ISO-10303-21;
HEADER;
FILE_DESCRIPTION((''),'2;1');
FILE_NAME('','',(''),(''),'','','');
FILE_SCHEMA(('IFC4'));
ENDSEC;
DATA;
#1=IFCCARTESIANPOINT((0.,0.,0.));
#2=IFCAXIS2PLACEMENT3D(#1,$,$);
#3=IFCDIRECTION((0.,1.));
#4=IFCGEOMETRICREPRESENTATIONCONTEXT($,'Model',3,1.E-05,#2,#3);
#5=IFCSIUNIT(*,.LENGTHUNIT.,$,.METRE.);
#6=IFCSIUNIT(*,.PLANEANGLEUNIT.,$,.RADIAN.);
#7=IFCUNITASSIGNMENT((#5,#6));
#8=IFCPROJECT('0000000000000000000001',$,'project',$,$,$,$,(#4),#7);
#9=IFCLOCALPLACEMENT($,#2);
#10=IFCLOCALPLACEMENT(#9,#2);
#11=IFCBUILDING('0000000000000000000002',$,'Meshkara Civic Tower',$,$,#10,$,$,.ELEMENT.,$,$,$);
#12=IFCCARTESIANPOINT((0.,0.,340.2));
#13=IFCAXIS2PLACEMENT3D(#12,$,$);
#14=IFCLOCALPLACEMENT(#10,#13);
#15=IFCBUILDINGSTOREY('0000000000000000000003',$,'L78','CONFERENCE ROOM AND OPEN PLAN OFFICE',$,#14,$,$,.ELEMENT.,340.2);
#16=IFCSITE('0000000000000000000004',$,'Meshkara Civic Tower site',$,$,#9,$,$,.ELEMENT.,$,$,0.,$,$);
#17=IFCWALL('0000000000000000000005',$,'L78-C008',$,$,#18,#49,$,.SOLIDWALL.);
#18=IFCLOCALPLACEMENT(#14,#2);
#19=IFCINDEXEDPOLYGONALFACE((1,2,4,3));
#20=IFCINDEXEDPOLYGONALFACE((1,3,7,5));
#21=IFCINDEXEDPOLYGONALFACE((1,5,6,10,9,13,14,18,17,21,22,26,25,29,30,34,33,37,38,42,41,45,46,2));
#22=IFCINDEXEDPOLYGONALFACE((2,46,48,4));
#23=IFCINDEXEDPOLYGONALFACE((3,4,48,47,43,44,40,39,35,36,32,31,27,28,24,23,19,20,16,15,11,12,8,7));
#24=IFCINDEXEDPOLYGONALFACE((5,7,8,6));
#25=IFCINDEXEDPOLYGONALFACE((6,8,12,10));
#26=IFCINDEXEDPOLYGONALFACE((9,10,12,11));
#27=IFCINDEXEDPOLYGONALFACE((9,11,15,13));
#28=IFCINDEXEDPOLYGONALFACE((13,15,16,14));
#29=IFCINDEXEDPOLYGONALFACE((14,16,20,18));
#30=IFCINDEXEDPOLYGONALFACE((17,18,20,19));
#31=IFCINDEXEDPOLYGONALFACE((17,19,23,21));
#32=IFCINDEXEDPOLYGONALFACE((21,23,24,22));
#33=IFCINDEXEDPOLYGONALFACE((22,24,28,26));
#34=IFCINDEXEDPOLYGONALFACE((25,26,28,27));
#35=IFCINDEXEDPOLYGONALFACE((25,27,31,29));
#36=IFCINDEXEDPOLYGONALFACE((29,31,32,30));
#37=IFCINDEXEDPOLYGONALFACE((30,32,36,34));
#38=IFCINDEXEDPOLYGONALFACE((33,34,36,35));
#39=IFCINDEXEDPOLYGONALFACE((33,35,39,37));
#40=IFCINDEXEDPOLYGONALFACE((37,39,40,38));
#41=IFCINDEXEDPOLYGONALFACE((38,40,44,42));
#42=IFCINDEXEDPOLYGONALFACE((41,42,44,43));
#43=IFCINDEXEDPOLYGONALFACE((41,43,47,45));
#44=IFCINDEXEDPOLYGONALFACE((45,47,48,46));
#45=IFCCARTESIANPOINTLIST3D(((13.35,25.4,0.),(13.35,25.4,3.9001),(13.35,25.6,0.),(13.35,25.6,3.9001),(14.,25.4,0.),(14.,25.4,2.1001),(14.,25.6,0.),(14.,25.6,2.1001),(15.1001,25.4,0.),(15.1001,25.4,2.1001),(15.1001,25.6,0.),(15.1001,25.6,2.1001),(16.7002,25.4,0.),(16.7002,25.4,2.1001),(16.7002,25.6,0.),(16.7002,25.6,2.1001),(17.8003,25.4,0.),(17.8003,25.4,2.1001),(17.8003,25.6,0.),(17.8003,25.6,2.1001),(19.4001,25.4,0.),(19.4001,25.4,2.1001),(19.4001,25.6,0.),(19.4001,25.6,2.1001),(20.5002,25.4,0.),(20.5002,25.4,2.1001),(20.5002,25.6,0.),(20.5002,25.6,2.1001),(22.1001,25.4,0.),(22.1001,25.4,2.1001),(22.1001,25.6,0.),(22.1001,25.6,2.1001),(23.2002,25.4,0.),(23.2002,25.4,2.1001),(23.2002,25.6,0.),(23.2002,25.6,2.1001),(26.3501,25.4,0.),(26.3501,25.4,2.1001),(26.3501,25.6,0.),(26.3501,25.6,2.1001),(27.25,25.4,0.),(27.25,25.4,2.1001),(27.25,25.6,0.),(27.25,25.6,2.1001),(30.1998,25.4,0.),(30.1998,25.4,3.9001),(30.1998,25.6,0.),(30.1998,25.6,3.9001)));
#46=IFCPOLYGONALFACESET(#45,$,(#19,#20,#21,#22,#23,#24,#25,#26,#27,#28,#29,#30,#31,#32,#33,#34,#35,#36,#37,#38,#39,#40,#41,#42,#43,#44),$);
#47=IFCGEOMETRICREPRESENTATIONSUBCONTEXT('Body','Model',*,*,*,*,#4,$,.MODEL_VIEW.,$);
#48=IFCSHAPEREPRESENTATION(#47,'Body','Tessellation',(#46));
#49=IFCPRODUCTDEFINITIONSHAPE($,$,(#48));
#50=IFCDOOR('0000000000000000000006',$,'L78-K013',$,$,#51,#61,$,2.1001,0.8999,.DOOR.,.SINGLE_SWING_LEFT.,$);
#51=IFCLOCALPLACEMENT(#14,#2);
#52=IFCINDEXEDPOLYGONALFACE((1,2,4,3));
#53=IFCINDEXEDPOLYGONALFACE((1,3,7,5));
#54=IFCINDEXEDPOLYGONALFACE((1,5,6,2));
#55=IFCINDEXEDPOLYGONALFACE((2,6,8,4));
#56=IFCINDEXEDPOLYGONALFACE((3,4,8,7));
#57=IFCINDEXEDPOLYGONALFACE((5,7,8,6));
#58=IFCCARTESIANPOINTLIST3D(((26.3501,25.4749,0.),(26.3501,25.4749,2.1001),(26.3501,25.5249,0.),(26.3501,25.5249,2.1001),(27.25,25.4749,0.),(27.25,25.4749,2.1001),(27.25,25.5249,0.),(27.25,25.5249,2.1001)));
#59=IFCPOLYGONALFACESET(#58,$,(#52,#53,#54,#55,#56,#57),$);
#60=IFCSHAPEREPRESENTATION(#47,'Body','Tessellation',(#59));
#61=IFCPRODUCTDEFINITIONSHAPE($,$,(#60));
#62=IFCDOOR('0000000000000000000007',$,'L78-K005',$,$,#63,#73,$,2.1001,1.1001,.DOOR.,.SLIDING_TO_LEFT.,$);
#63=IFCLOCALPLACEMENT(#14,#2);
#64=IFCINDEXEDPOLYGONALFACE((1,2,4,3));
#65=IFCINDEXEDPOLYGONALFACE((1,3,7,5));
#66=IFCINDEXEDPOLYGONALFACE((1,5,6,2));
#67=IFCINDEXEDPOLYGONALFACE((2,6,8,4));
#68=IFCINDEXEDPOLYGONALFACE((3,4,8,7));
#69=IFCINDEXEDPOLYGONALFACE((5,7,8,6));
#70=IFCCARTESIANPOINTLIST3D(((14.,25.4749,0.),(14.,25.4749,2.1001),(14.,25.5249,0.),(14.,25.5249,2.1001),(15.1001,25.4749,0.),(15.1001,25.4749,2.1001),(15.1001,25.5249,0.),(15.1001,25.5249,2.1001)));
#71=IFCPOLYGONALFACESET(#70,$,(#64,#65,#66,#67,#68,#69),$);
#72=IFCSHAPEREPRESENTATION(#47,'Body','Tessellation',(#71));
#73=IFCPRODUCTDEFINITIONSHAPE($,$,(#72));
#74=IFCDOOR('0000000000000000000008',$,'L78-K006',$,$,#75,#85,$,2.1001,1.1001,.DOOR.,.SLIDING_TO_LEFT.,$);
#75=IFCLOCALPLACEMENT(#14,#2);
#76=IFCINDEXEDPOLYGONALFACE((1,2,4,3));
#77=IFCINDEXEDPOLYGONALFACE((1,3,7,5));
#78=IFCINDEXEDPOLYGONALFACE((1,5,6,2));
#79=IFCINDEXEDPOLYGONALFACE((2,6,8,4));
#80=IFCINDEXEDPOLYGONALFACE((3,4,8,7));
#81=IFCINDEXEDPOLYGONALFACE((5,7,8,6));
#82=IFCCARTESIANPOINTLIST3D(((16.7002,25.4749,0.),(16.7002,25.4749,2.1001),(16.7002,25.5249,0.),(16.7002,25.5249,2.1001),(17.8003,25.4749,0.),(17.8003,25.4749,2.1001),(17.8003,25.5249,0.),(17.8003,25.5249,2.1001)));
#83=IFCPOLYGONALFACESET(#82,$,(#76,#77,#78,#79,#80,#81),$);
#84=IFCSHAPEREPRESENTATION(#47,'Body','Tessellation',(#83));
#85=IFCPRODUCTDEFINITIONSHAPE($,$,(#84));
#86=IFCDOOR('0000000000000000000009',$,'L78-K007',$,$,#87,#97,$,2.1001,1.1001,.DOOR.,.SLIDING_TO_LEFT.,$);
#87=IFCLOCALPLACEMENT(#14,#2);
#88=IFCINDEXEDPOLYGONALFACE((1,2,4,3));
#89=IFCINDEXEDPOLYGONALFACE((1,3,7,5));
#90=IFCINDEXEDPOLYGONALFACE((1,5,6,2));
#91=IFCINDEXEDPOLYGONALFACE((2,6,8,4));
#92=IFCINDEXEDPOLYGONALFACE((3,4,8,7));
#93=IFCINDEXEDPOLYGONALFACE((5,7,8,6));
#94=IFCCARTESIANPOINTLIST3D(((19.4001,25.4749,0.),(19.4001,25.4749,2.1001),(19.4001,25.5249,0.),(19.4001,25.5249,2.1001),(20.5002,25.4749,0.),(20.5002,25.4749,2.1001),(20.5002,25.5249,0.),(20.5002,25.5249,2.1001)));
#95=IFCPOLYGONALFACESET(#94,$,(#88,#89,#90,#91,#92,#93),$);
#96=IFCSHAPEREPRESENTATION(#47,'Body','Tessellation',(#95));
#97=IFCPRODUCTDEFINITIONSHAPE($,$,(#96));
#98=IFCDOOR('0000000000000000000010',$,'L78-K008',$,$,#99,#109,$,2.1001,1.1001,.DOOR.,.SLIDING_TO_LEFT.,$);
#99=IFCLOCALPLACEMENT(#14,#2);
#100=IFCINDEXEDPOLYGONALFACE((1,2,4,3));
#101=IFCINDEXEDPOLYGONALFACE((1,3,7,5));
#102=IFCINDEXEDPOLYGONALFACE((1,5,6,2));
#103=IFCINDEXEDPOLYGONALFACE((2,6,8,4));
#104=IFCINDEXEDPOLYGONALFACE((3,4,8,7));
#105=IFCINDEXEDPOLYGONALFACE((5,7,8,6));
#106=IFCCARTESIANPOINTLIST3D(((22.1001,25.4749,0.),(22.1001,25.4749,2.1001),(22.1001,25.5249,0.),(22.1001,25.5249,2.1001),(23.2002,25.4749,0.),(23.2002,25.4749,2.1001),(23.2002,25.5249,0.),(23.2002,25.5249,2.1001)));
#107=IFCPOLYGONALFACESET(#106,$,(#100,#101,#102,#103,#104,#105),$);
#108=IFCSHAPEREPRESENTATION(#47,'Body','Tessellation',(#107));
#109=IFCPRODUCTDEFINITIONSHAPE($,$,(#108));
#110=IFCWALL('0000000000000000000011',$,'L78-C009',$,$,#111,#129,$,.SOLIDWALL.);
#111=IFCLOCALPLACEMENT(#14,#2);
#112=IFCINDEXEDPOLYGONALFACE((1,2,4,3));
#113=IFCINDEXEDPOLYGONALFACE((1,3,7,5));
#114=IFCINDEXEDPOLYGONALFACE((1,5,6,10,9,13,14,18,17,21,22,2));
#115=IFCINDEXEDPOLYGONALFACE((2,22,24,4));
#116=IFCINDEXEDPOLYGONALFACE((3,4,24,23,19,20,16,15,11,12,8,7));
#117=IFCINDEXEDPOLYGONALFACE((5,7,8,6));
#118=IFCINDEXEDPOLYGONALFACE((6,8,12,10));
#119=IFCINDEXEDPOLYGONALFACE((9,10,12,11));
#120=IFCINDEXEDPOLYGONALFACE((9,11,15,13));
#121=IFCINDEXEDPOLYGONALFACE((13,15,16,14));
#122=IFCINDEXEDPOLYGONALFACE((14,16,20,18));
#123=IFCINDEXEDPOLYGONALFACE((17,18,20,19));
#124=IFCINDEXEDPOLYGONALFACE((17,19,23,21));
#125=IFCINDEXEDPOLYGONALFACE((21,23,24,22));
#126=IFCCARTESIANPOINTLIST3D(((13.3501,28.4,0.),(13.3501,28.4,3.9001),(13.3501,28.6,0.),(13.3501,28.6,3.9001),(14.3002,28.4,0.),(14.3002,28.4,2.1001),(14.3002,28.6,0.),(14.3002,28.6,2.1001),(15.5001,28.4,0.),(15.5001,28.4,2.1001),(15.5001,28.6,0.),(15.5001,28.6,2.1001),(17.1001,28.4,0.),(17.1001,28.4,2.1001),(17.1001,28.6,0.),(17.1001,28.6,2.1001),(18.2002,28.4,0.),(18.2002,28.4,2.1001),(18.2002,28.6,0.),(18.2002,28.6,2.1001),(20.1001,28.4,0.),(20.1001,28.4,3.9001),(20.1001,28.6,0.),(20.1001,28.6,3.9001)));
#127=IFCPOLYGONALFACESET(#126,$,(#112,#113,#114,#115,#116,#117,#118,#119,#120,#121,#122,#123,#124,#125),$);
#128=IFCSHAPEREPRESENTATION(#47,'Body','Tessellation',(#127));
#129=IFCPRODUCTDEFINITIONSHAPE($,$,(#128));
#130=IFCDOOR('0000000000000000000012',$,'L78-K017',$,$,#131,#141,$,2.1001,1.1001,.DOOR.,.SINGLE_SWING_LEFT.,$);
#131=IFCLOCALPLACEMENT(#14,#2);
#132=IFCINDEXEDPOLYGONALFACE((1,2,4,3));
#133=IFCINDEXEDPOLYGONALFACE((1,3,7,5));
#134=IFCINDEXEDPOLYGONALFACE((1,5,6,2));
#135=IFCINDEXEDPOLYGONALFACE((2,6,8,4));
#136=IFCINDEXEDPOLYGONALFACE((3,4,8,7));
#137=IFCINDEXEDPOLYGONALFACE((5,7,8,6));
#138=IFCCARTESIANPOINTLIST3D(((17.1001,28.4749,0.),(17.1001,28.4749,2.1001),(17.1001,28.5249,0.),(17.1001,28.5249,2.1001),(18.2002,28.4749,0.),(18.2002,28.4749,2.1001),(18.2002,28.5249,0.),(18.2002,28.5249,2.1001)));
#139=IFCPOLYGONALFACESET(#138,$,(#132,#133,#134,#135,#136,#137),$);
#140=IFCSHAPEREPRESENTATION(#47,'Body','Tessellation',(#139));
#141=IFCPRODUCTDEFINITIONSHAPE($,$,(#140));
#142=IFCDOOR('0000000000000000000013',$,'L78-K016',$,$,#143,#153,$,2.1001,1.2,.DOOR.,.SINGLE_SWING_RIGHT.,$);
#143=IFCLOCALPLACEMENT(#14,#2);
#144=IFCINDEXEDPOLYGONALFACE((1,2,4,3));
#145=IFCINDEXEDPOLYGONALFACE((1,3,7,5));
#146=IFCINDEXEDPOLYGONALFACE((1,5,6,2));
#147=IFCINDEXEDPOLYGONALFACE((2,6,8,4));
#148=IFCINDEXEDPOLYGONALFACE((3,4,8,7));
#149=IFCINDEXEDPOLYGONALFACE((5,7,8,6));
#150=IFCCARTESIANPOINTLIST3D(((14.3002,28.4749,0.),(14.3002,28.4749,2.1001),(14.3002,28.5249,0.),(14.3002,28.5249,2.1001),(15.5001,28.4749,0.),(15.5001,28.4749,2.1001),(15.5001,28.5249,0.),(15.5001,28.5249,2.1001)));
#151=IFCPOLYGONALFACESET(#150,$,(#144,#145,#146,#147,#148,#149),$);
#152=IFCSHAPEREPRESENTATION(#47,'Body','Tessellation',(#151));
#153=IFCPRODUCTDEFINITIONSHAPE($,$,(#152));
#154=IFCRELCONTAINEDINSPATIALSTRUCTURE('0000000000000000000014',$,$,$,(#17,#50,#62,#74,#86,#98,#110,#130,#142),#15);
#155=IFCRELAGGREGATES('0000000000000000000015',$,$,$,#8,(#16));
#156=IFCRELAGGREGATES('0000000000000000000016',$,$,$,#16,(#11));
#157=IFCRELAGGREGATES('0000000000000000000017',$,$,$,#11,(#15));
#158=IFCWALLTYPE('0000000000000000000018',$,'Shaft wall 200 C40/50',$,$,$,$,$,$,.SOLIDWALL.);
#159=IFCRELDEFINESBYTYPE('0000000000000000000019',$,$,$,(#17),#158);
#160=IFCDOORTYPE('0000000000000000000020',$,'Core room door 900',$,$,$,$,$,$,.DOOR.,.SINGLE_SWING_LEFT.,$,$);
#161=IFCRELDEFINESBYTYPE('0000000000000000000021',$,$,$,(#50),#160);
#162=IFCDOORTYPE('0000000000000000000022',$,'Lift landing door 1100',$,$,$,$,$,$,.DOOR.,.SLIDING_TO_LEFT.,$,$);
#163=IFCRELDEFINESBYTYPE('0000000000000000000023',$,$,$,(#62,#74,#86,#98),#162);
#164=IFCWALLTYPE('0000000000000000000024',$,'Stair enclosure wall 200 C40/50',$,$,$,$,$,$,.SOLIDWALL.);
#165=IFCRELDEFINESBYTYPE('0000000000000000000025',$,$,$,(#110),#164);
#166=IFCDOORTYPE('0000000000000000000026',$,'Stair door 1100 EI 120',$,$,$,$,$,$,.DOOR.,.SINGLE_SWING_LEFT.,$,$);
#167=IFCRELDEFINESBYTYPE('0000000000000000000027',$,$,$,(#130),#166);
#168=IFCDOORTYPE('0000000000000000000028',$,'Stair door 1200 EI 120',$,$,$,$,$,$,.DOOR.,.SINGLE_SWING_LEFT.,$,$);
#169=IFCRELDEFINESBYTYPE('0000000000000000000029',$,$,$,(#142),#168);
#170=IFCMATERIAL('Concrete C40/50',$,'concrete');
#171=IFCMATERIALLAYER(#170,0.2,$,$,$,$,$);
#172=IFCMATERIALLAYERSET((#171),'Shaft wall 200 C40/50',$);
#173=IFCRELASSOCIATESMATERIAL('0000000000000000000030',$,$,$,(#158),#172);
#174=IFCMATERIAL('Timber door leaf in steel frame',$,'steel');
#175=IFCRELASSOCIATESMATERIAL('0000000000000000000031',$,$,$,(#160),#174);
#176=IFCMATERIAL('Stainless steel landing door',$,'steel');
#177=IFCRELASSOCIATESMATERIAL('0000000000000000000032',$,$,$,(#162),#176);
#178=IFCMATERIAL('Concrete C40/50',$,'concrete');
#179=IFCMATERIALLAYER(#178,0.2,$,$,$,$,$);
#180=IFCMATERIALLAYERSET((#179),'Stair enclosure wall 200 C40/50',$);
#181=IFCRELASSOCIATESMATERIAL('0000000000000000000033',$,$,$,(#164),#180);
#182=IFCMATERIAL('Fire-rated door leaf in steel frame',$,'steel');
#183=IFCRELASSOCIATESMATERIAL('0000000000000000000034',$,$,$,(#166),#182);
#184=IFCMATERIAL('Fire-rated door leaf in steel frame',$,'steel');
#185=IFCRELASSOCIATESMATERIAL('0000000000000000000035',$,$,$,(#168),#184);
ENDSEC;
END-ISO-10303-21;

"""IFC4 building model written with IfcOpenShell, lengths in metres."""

from ifc_helpers import new_model, si_unit, direction, frame, frame_2d, origin, place, context, subcontext, project, spatial, rectangle, extrude, material, layer, layer_set, type_object, element, fill, save


model = new_model("IFC4")

# Units and contexts
model_context = context("Model", 3, precision=1e-05, world=origin(), true_north=direction((0.0, 1.0)))
body_context = subcontext(model_context, "Body", "Model", "MODEL_VIEW")
ifc_project = project(units=[si_unit("LENGTHUNIT", "METRE"), si_unit("PLANEANGLEUNIT", "RADIAN")], contexts=[model_context])

# Site, building, storey
site_placement = place(None, origin())
site = spatial("IfcSite", under=ifc_project, at=site_placement, Name="Meshkara Civic Tower site", CompositionType="ELEMENT", RefElevation=0.0)
building_placement = place(site_placement, origin())
building = spatial("IfcBuilding", under=site, at=building_placement, Name="Meshkara Civic Tower", CompositionType="ELEMENT")
storey_placement = place(building_placement, frame((0.0, 0.0, 340.2)))
storey = spatial("IfcBuildingStorey", under=building, at=storey_placement, Name="L78", Description="CONFERENCE ROOM AND OPEN PLAN OFFICE", CompositionType="ELEMENT", Elevation=340.2)

# Walls, openings, doors
ifc_material_1 = material(Name="Concrete C40/50", Category="concrete")
ifc_layer_1 = layer(ifc_material_1, 0.2)
ifc_layer_set_1 = layer_set([ifc_layer_1], Name="Shaft wall 200 C40/50")
wall_type_1 = type_object("IfcWallType", Name="Shaft wall 200 C40/50", PredefinedType="SOLIDWALL", material=ifc_layer_set_1)
wall_1_placement = place(storey_placement, frame((13.3501, 25.5, 0.0), z_axis=(0.0, 0.0, 1.0), x_axis=(1.0, 0.0, 0.0)))
wall_1 = element("IfcWall", 1, at=wall_1_placement, inside=storey, type_object=wall_type_1, Name="L78-C008", PredefinedType="SOLIDWALL", context=body_context, shape_type="SweptSolid", body=[
    extrude(rectangle(XDim=16.8499, YDim=0.2, at=frame_2d((8.4248, 0.0))), origin(), (0.0, 0.0, 1.0), 3.9001),
])
opening_1_placement = place(wall_1_placement, frame((0.6499, 0.0, 0.0)))
opening_1 = element("IfcOpeningElement", 2, at=opening_1_placement, cuts=wall_1, PredefinedType="OPENING", context=body_context, shape_type="SweptSolid", body=[
    extrude(rectangle(XDim=1.1001, YDim=2.1001, at=frame_2d((0.55, 1.05))), frame((0.0, 0.1099, 0.0), z_axis=(0.0, -1.0, 0.0), x_axis=(1.0, 0.0, 0.0)), (0.0, 0.0, 1.0), 0.22),
])
opening_2_placement = place(wall_1_placement, frame((3.3501, 0.0, 0.0)))
opening_2 = element("IfcOpeningElement", 3, at=opening_2_placement, cuts=wall_1, PredefinedType="OPENING", context=body_context, shape_type="SweptSolid", body=[
    extrude(rectangle(XDim=1.1001, YDim=2.1001, at=frame_2d((0.55, 1.05))), frame((0.0, 0.1099, 0.0), z_axis=(0.0, -1.0, 0.0), x_axis=(1.0, 0.0, 0.0)), (0.0, 0.0, 1.0), 0.22),
])
opening_3_placement = place(wall_1_placement, frame((6.05, 0.0, 0.0)))
opening_3 = element("IfcOpeningElement", 4, at=opening_3_placement, cuts=wall_1, PredefinedType="OPENING", context=body_context, shape_type="SweptSolid", body=[
    extrude(rectangle(XDim=1.1001, YDim=2.1001, at=frame_2d((0.55, 1.05))), frame((0.0, 0.1099, 0.0), z_axis=(0.0, -1.0, 0.0), x_axis=(1.0, 0.0, 0.0)), (0.0, 0.0, 1.0), 0.22),
])
opening_4_placement = place(wall_1_placement, frame((8.75, 0.0, 0.0)))
opening_4 = element("IfcOpeningElement", 5, at=opening_4_placement, cuts=wall_1, PredefinedType="OPENING", context=body_context, shape_type="SweptSolid", body=[
    extrude(rectangle(XDim=1.1001, YDim=2.1001, at=frame_2d((0.55, 1.05))), frame((0.0, 0.1099, 0.0), z_axis=(0.0, -1.0, 0.0), x_axis=(1.0, 0.0, 0.0)), (0.0, 0.0, 1.0), 0.22),
])
opening_5_placement = place(wall_1_placement, frame((13.0, 0.0, 0.0)))
opening_5 = element("IfcOpeningElement", 6, at=opening_5_placement, cuts=wall_1, PredefinedType="OPENING", context=body_context, shape_type="SweptSolid", body=[
    extrude(rectangle(XDim=0.8999, YDim=2.1001, at=frame_2d((0.45, 1.05))), frame((0.0, 0.1099, 0.0), z_axis=(0.0, -1.0, 0.0), x_axis=(1.0, 0.0, 0.0)), (0.0, 0.0, 1.0), 0.22),
])
ifc_material_2 = material(Name="Timber door leaf in steel frame", Category="steel")
door_type_1 = type_object("IfcDoorType", Name="Core room door 900", OperationType="SINGLE_SWING_LEFT", PredefinedType="DOOR", material=ifc_material_2)
door_1_placement = place(opening_5_placement, origin())
door_1 = element("IfcDoor", 7, at=door_1_placement, inside=storey, type_object=door_type_1, Name="L78-K013", OperationType="SINGLE_SWING_LEFT", OverallHeight=2.1001, OverallWidth=0.8999, PredefinedType="DOOR", context=body_context, shape_type="SweptSolid", body=[
    extrude(rectangle(XDim=0.8999, YDim=2.1001, at=frame_2d((0.45, 1.05))), frame((0.0, 0.0249, 0.0), z_axis=(0.0, -1.0, 0.0), x_axis=(1.0, 0.0, 0.0)), (0.0, 0.0, 1.0), 0.05),
])
fill(opening_5, door_1)
ifc_material_3 = material(Name="Stainless steel landing door", Category="steel")
door_type_2 = type_object("IfcDoorType", Name="Lift landing door 1100", OperationType="SLIDING_TO_LEFT", PredefinedType="DOOR", material=ifc_material_3)
door_2_placement = place(opening_1_placement, origin())
door_2 = element("IfcDoor", 8, at=door_2_placement, inside=storey, type_object=door_type_2, Name="L78-K005", OperationType="SLIDING_TO_LEFT", OverallHeight=2.1001, OverallWidth=1.1001, PredefinedType="DOOR", context=body_context, shape_type="SweptSolid", body=[
    extrude(rectangle(XDim=1.1001, YDim=2.1001, at=frame_2d((0.55, 1.05))), frame((0.0, 0.0249, 0.0), z_axis=(0.0, -1.0, 0.0), x_axis=(1.0, 0.0, 0.0)), (0.0, 0.0, 1.0), 0.05),
])
fill(opening_1, door_2)
door_3_placement = place(opening_2_placement, origin())
door_3 = element("IfcDoor", 9, at=door_3_placement, inside=storey, type_object=door_type_2, Name="L78-K006", OperationType="SLIDING_TO_LEFT", OverallHeight=2.1001, OverallWidth=1.1001, PredefinedType="DOOR", context=body_context, shape_type="SweptSolid", body=[
    extrude(rectangle(XDim=1.1001, YDim=2.1001, at=frame_2d((0.55, 1.05))), frame((0.0, 0.0249, 0.0), z_axis=(0.0, -1.0, 0.0), x_axis=(1.0, 0.0, 0.0)), (0.0, 0.0, 1.0), 0.05),
])
fill(opening_2, door_3)
door_4_placement = place(opening_3_placement, origin())
door_4 = element("IfcDoor", 10, at=door_4_placement, inside=storey, type_object=door_type_2, Name="L78-K007", OperationType="SLIDING_TO_LEFT", OverallHeight=2.1001, OverallWidth=1.1001, PredefinedType="DOOR", context=body_context, shape_type="SweptSolid", body=[
    extrude(rectangle(XDim=1.1001, YDim=2.1001, at=frame_2d((0.55, 1.05))), frame((0.0, 0.0249, 0.0), z_axis=(0.0, -1.0, 0.0), x_axis=(1.0, 0.0, 0.0)), (0.0, 0.0, 1.0), 0.05),
])
fill(opening_3, door_4)
door_5_placement = place(opening_4_placement, origin())
door_5 = element("IfcDoor", 11, at=door_5_placement, inside=storey, type_object=door_type_2, Name="L78-K008", OperationType="SLIDING_TO_LEFT", OverallHeight=2.1001, OverallWidth=1.1001, PredefinedType="DOOR", context=body_context, shape_type="SweptSolid", body=[
    extrude(rectangle(XDim=1.1001, YDim=2.1001, at=frame_2d((0.55, 1.05))), frame((0.0, 0.0249, 0.0), z_axis=(0.0, -1.0, 0.0), x_axis=(1.0, 0.0, 0.0)), (0.0, 0.0, 1.0), 0.05),
])
fill(opening_4, door_5)
ifc_material_4 = material(Name="Concrete C40/50", Category="concrete")
ifc_layer_2 = layer(ifc_material_4, 0.2)
ifc_layer_set_2 = layer_set([ifc_layer_2], Name="Stair enclosure wall 200 C40/50")
wall_type_2 = type_object("IfcWallType", Name="Stair enclosure wall 200 C40/50", PredefinedType="SOLIDWALL", material=ifc_layer_set_2)
wall_2_placement = place(storey_placement, frame((13.3501, 28.5, 0.0), z_axis=(0.0, 0.0, 1.0), x_axis=(1.0, 0.0, 0.0)))
wall_2 = element("IfcWall", 12, at=wall_2_placement, inside=storey, type_object=wall_type_2, Name="L78-C009", PredefinedType="SOLIDWALL", context=body_context, shape_type="SweptSolid", body=[
    extrude(rectangle(XDim=6.75, YDim=0.2, at=frame_2d((3.375, 0.0))), origin(), (0.0, 0.0, 1.0), 3.9001),
])
opening_6_placement = place(wall_2_placement, frame((0.95, 0.0, 0.0)))
opening_6 = element("IfcOpeningElement", 13, at=opening_6_placement, cuts=wall_2, PredefinedType="OPENING", context=body_context, shape_type="SweptSolid", body=[
    extrude(rectangle(XDim=1.2, YDim=2.1001, at=frame_2d((0.6001, 1.05))), frame((0.0, 0.1099, 0.0), z_axis=(0.0, -1.0, 0.0), x_axis=(1.0, 0.0, 0.0)), (0.0, 0.0, 1.0), 0.22),
])
opening_7_placement = place(wall_2_placement, frame((3.75, 0.0, 0.0)))
opening_7 = element("IfcOpeningElement", 14, at=opening_7_placement, cuts=wall_2, PredefinedType="OPENING", context=body_context, shape_type="SweptSolid", body=[
    extrude(rectangle(XDim=1.1001, YDim=2.1001, at=frame_2d((0.55, 1.05))), frame((0.0, 0.1099, 0.0), z_axis=(0.0, -1.0, 0.0), x_axis=(1.0, 0.0, 0.0)), (0.0, 0.0, 1.0), 0.22),
])
ifc_material_5 = material(Name="Fire-rated door leaf in steel frame", Category="steel")
door_type_3 = type_object("IfcDoorType", Name="Stair door 1100 EI 120", OperationType="SINGLE_SWING_LEFT", PredefinedType="DOOR", material=ifc_material_5)
door_6_placement = place(opening_7_placement, origin())
door_6 = element("IfcDoor", 15, at=door_6_placement, inside=storey, type_object=door_type_3, Name="L78-K017", OperationType="SINGLE_SWING_LEFT", OverallHeight=2.1001, OverallWidth=1.1001, PredefinedType="DOOR", context=body_context, shape_type="SweptSolid", body=[
    extrude(rectangle(XDim=1.1001, YDim=2.1001, at=frame_2d((0.55, 1.05))), frame((0.0, 0.0249, 0.0), z_axis=(0.0, -1.0, 0.0), x_axis=(1.0, 0.0, 0.0)), (0.0, 0.0, 1.0), 0.05),
])
fill(opening_7, door_6)
ifc_material_6 = material(Name="Fire-rated door leaf in steel frame", Category="steel")
door_type_4 = type_object("IfcDoorType", Name="Stair door 1200 EI 120", OperationType="SINGLE_SWING_LEFT", PredefinedType="DOOR", material=ifc_material_6)
door_7_placement = place(opening_6_placement, origin())
door_7 = element("IfcDoor", 16, at=door_7_placement, inside=storey, type_object=door_type_4, Name="L78-K016", OperationType="SINGLE_SWING_RIGHT", OverallHeight=2.1001, OverallWidth=1.2, PredefinedType="DOOR", context=body_context, shape_type="SweptSolid", body=[
    extrude(rectangle(XDim=1.2, YDim=2.1001, at=frame_2d((0.6001, 1.05))), frame((0.0, 0.0249, 0.0), z_axis=(0.0, -1.0, 0.0), x_axis=(1.0, 0.0, 0.0)), (0.0, 0.0, 1.0), 0.05),
])
fill(opening_6, door_7)

save(model, "model.ifc")
